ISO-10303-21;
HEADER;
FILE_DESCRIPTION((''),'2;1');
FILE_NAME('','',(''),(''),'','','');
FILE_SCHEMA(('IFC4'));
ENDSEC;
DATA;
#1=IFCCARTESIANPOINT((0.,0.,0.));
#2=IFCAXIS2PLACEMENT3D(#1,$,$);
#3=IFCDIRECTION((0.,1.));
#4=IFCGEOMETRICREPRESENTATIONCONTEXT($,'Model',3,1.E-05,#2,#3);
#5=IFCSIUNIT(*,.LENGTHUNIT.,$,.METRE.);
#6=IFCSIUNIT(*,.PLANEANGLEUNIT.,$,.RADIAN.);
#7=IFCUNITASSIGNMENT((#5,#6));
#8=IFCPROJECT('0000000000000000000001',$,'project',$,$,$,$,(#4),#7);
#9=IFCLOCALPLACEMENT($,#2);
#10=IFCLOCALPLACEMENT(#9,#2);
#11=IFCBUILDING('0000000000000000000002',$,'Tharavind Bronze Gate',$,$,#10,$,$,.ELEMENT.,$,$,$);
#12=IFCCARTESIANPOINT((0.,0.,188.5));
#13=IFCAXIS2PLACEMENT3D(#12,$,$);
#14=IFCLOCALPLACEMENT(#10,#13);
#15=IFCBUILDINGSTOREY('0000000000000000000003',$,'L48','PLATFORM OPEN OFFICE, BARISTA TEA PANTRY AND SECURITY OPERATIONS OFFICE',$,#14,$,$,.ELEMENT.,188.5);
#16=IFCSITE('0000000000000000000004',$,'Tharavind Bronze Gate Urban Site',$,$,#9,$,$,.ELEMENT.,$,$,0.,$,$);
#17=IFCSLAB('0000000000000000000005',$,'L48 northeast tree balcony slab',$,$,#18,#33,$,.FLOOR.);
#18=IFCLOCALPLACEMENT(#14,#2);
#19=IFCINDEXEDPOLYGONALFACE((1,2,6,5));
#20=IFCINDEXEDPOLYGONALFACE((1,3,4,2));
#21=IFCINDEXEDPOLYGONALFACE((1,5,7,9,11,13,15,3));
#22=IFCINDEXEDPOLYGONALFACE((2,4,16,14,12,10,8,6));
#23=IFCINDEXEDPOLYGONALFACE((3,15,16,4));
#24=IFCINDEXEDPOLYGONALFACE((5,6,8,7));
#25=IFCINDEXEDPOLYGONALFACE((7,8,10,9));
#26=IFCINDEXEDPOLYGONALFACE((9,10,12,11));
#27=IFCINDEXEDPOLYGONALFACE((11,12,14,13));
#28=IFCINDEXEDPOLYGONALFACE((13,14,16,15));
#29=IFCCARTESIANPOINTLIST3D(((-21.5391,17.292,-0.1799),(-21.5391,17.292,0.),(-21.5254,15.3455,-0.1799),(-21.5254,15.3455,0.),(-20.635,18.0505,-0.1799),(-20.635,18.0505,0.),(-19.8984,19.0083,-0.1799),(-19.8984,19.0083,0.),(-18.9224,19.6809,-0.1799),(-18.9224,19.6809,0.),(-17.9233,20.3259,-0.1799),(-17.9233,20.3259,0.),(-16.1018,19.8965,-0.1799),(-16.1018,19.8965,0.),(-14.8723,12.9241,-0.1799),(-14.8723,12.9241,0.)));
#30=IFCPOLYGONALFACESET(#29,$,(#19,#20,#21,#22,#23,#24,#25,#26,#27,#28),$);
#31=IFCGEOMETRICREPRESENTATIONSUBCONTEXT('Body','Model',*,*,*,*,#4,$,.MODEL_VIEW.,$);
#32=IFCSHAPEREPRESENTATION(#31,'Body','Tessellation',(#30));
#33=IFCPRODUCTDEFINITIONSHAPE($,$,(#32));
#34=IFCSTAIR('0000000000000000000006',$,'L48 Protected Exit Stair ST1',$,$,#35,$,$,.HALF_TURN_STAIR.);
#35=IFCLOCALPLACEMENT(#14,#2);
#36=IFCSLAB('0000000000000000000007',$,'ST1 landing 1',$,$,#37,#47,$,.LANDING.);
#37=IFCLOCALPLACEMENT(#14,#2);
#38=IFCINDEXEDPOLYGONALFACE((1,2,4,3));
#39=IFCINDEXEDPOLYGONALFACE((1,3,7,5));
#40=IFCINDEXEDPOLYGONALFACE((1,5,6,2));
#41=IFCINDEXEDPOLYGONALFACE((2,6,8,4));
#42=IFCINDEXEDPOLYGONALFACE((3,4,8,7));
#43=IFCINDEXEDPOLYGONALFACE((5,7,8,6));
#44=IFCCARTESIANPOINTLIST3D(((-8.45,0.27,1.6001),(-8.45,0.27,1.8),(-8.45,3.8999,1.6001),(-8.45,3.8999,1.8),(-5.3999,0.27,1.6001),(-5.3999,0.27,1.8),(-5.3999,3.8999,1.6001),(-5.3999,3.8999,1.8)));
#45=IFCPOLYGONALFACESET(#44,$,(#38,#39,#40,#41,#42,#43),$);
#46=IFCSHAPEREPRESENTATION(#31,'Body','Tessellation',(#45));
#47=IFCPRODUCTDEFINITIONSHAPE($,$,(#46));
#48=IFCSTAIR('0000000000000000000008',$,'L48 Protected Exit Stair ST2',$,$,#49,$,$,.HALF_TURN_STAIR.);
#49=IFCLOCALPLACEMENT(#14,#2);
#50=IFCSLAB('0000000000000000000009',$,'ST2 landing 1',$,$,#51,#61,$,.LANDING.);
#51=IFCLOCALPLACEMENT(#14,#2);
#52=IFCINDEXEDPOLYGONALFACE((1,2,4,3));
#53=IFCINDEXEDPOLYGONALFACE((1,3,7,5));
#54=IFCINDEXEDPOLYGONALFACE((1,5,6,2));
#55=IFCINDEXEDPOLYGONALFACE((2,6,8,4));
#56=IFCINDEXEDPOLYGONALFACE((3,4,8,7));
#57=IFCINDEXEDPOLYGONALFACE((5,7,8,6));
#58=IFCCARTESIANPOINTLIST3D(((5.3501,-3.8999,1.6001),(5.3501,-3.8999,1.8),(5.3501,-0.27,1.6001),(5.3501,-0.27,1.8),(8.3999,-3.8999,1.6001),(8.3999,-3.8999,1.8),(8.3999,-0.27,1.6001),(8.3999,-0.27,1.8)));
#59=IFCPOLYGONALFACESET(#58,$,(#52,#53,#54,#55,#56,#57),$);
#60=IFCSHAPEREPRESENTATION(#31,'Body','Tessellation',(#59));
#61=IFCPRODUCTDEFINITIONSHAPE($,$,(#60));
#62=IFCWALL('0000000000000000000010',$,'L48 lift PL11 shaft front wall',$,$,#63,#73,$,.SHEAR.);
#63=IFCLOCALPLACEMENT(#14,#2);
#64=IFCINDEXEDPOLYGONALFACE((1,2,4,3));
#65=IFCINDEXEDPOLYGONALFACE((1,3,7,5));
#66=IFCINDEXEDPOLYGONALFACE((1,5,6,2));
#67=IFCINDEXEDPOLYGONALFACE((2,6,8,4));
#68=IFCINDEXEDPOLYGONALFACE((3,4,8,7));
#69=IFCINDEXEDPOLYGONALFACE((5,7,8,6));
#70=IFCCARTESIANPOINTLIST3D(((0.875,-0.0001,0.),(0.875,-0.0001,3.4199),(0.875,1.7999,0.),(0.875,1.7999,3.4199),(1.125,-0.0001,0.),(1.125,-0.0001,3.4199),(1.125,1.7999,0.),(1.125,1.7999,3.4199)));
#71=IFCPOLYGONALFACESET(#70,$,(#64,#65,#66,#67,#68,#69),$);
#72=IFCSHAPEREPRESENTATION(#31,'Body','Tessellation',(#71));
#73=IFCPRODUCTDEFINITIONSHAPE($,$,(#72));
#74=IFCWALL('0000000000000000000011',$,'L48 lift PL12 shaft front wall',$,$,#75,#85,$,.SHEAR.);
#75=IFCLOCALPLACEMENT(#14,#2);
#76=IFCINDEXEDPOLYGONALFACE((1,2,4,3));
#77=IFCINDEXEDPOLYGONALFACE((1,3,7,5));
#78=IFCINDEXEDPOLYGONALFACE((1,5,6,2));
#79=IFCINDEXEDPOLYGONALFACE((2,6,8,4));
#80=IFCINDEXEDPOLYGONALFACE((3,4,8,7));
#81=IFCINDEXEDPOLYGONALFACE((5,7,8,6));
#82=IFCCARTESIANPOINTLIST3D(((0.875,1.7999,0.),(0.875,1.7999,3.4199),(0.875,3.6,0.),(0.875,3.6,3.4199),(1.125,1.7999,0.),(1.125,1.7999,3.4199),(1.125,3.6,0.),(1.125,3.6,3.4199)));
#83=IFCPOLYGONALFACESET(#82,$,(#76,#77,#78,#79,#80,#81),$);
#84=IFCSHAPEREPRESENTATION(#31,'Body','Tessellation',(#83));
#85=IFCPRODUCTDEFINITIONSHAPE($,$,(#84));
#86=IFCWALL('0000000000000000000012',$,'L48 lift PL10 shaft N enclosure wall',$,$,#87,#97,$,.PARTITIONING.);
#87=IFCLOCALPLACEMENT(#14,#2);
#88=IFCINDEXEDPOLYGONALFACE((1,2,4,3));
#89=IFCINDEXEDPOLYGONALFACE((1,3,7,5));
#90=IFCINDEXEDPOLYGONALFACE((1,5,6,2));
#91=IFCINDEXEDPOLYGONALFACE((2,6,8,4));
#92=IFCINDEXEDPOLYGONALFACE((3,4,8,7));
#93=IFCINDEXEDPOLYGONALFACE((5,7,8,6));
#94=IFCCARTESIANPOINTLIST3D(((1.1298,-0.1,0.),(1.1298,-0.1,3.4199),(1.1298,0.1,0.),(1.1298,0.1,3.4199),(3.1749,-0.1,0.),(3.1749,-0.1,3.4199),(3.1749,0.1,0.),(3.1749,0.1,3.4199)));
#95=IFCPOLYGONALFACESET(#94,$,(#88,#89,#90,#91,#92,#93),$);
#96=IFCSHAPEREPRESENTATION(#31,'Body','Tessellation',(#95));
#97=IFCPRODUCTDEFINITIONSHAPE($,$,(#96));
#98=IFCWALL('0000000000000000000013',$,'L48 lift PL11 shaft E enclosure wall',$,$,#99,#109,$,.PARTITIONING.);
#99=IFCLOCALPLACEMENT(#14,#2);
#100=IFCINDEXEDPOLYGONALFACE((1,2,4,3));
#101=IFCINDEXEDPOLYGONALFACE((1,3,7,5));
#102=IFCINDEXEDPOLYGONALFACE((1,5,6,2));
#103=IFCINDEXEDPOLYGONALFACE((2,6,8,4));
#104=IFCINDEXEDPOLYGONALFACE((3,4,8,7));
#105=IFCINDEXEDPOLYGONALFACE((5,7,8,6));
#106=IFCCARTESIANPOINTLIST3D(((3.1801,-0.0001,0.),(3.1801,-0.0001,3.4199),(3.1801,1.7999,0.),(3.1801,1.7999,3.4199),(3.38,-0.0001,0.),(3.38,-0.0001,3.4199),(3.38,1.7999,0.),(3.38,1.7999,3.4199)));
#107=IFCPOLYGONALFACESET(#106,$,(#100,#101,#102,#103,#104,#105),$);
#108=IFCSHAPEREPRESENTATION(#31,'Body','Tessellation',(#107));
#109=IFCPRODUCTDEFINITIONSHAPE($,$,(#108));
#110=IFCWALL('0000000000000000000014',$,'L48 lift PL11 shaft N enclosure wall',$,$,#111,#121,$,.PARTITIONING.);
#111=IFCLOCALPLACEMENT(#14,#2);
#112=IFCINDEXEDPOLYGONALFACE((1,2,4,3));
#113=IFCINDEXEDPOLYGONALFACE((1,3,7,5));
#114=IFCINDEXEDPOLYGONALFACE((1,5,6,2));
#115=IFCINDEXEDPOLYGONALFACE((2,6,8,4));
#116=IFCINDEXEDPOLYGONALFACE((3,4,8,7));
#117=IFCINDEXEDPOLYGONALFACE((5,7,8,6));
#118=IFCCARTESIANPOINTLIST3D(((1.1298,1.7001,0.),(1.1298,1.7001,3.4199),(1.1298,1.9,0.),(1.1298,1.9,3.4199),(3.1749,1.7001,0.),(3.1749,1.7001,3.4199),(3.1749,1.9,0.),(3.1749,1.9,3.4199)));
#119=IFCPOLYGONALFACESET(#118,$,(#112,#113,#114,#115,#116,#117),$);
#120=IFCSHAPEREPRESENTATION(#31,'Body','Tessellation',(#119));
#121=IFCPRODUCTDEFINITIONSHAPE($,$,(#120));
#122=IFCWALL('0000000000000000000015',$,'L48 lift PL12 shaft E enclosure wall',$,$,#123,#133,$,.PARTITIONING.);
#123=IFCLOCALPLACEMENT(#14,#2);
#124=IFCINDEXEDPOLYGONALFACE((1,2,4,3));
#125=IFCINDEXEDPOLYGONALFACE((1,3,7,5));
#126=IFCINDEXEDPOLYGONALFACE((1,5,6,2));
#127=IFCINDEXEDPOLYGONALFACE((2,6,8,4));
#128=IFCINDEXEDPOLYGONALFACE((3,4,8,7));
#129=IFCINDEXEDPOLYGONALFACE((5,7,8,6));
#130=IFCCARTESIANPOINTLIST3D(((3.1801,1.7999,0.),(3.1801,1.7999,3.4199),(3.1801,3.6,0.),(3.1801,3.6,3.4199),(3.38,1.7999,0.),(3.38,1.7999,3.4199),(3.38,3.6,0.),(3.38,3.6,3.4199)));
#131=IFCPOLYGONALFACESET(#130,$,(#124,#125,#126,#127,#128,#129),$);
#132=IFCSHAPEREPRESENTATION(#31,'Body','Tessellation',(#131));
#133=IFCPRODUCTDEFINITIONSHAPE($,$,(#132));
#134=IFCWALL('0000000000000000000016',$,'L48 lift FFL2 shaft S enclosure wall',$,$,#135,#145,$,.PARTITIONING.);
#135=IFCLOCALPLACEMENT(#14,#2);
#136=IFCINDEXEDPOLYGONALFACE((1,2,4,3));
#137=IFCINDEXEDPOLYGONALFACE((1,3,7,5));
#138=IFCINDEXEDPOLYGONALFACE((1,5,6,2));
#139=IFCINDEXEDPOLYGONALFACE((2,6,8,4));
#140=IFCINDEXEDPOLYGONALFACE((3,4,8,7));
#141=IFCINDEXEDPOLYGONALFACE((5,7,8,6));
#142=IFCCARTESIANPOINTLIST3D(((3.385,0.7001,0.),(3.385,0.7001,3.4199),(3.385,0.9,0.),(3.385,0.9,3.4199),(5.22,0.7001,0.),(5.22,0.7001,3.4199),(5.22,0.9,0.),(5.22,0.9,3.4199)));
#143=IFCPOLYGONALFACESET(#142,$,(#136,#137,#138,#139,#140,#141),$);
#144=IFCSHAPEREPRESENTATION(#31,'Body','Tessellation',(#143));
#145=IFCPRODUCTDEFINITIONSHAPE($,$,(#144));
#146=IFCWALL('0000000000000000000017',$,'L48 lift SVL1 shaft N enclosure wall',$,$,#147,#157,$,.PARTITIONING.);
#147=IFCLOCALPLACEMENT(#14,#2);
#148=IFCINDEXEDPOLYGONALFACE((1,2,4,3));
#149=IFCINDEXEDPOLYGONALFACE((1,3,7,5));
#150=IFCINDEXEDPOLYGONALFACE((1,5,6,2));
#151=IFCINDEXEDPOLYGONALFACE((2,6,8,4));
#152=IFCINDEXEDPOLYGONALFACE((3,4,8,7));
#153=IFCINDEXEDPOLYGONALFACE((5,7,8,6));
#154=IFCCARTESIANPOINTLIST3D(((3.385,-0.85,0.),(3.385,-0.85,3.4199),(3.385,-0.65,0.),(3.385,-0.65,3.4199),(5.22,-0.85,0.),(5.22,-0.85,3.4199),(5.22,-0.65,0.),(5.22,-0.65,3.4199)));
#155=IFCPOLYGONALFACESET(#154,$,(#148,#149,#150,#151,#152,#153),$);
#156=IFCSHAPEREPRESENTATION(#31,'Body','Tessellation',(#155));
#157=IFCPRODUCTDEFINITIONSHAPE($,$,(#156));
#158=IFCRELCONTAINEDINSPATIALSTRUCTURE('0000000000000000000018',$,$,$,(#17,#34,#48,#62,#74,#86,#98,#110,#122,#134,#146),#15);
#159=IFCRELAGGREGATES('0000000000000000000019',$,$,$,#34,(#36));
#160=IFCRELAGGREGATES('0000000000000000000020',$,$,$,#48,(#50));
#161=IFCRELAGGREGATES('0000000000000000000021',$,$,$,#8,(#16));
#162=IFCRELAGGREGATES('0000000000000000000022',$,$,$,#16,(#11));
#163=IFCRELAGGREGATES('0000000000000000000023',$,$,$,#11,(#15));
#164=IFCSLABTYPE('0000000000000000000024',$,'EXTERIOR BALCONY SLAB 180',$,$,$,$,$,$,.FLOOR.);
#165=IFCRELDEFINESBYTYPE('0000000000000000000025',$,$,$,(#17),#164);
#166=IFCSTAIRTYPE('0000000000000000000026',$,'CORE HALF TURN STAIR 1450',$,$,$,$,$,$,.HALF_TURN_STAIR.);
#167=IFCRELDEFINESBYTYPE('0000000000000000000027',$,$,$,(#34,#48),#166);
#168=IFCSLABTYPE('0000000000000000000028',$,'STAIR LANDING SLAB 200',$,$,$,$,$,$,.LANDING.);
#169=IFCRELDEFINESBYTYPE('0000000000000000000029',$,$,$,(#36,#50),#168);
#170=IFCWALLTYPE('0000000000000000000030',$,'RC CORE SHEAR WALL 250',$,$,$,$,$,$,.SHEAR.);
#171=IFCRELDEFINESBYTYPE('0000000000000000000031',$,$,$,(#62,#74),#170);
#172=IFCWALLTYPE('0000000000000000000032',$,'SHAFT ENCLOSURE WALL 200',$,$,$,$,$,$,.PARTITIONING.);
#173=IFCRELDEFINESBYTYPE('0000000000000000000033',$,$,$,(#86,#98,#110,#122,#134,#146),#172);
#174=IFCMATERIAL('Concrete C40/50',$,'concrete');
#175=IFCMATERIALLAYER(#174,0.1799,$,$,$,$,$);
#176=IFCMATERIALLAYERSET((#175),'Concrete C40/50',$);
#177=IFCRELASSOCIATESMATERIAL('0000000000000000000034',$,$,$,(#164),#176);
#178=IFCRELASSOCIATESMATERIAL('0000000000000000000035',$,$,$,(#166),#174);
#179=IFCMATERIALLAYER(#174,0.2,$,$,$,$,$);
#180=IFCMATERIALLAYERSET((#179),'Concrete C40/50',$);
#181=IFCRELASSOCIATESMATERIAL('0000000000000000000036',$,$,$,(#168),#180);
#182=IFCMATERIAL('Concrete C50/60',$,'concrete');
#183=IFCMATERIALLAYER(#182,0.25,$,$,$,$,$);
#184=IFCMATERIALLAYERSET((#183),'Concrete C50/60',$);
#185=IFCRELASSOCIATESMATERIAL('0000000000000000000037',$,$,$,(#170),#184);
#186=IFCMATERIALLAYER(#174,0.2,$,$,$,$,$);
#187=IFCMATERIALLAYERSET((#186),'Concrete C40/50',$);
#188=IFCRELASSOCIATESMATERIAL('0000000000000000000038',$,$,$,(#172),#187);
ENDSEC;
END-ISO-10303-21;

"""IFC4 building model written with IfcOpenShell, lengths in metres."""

from ifc_helpers import new_model, si_unit, direction, frame, frame_2d, origin, place, context, subcontext, project, spatial, polyline, rectangle, outline, extrude, material, layer, layer_set, type_object, element, aggregate, save


model = new_model("IFC4")

# Units and contexts
model_context = context("Model", 3, precision=1e-05, world=origin(), true_north=direction((0.0, 1.0)))
body_context = subcontext(model_context, "Body", "Model", "MODEL_VIEW")
ifc_project = project(units=[si_unit("LENGTHUNIT", "METRE"), si_unit("PLANEANGLEUNIT", "RADIAN")], contexts=[model_context])

# Site, building, storey
site_placement = place(None, origin())
site = spatial("IfcSite", under=ifc_project, at=site_placement, Name="Tharavind Bronze Gate Urban Site", CompositionType="ELEMENT", RefElevation=0.0)
building_placement = place(site_placement, origin())
building = spatial("IfcBuilding", under=site, at=building_placement, Name="Tharavind Bronze Gate", CompositionType="ELEMENT")
storey_placement = place(building_placement, frame((0.0, 0.0, 188.5)))
storey = spatial("IfcBuildingStorey", under=building, at=storey_placement, Name="L48", Description="PLATFORM OPEN OFFICE, BARISTA TEA PANTRY AND SECURITY OPERATIONS OFFICE", CompositionType="ELEMENT", Elevation=188.5)

# Slab
ifc_material_1 = material(Name="Concrete C40/50", Category="concrete")
ifc_layer_1 = layer(ifc_material_1, 0.1799)
ifc_layer_set_1 = layer_set([ifc_layer_1], Name="Concrete C40/50")
slab_type_1 = type_object("IfcSlabType", Name="EXTERIOR BALCONY SLAB 180", PredefinedType="FLOOR", material=ifc_layer_set_1)
slab_1_placement = place(storey_placement, frame((0.0, 0.0, -0.1799)))
element("IfcSlab", 1, at=slab_1_placement, inside=storey, type_object=slab_type_1, Name="L48 northeast tree balcony slab", PredefinedType="FLOOR", context=body_context, shape_type="SweptSolid", body=[
    extrude(outline(polyline([(-17.9233, 20.3259), (-18.9224, 19.6809), (-19.8984, 19.0083), (-20.635, 18.0505), (-21.5391, 17.292), (-21.5254, 15.3455), (-14.8723, 12.9241), (-16.1018, 19.8965), (-17.9233, 20.3259)])), origin(), (0.0, 0.0, 1.0), 0.1799),
])

# Stairs, slabs
stair_type = type_object("IfcStairType", Name="CORE HALF TURN STAIR 1450", PredefinedType="HALF_TURN_STAIR", material=ifc_material_1)
stair_1_placement = place(storey_placement, origin())
stair_1 = element("IfcStair", 2, at=stair_1_placement, inside=storey, type_object=stair_type, Name="L48 Protected Exit Stair ST1", PredefinedType="HALF_TURN_STAIR")
ifc_layer_2 = layer(ifc_material_1, 0.2)
ifc_layer_set_2 = layer_set([ifc_layer_2], Name="Concrete C40/50")
slab_type_2 = type_object("IfcSlabType", Name="STAIR LANDING SLAB 200", PredefinedType="LANDING", material=ifc_layer_set_2)
slab_2_placement = place(storey_placement, frame((0.0, 0.0, 1.6001)))
slab_2 = element("IfcSlab", 3, at=slab_2_placement, type_object=slab_type_2, Name="ST1 landing 1", PredefinedType="LANDING", context=body_context, shape_type="SweptSolid", body=[
    extrude(outline(polyline([(-5.3999, 0.27), (-5.3999, 3.8999), (-8.45, 3.8999), (-8.45, 0.27), (-5.3999, 0.27)])), origin(), (0.0, 0.0, 1.0), 0.2),
])
aggregate(stair_1, [slab_2])
stair_2_placement = place(storey_placement, origin())
stair_2 = element("IfcStair", 4, at=stair_2_placement, inside=storey, type_object=stair_type, Name="L48 Protected Exit Stair ST2", PredefinedType="HALF_TURN_STAIR")
slab_3_placement = place(storey_placement, frame((0.0, 0.0, 1.6001)))
slab_3 = element("IfcSlab", 5, at=slab_3_placement, type_object=slab_type_2, Name="ST2 landing 1", PredefinedType="LANDING", context=body_context, shape_type="SweptSolid", body=[
    extrude(outline(polyline([(5.3501, -0.27), (5.3501, -3.8999), (8.3999, -3.8999), (8.3999, -0.27), (5.3501, -0.27)])), origin(), (0.0, 0.0, 1.0), 0.2),
])
aggregate(stair_2, [slab_3])

# Walls
ifc_material_2 = material(Name="Concrete C50/60", Category="concrete")
ifc_layer_3 = layer(ifc_material_2, 0.25)
ifc_layer_set_3 = layer_set([ifc_layer_3], Name="Concrete C50/60")
wall_type_1 = type_object("IfcWallType", Name="RC CORE SHEAR WALL 250", PredefinedType="SHEAR", material=ifc_layer_set_3)
for number, where, z_axis, x_axis, name in (
    (6, (1.0, 0.0, 0.0), (0.0, 0.0, 1.0), (0.0, 1.0, 0.0), "L48 lift PL11 shaft front wall"),
    (7, (1.0, 1.8, 0.0), (0.0, 0.0, 1.0), (0.0, 1.0, 0.0), "L48 lift PL12 shaft front wall"),
):
    element("IfcWall", number, at=place(storey_placement, frame(where, z_axis=z_axis, x_axis=x_axis)), inside=storey, type_object=wall_type_1, Name=name, PredefinedType="SHEAR", context=body_context, shape_type="SweptSolid", body=[
        extrude(rectangle(XDim=1.8, YDim=0.25, at=frame_2d((0.8999, 0.0))), origin(), (0.0, 0.0, 1.0), 3.4199),
    ])
ifc_layer_4 = layer(ifc_material_1, 0.2)
ifc_layer_set_4 = layer_set([ifc_layer_4], Name="Concrete C40/50")
wall_type_2 = type_object("IfcWallType", Name="SHAFT ENCLOSURE WALL 200", PredefinedType="PARTITIONING", material=ifc_layer_set_4)
wall_1_placement = place(storey_placement, frame((1.1299, 0.0, 0.0), z_axis=(0.0, 0.0, 1.0), x_axis=(1.0, 0.0, 0.0)))
element("IfcWall", 8, at=wall_1_placement, inside=storey, type_object=wall_type_2, Name="L48 lift PL10 shaft N enclosure wall", PredefinedType="PARTITIONING", context=body_context, shape_type="SweptSolid", body=[
    extrude(rectangle(XDim=2.0452, YDim=0.2, at=frame_2d((1.0225, 0.0))), origin(), (0.0, 0.0, 1.0), 3.4199),
])
wall_2_placement = place(storey_placement, frame((3.28, 0.0, 0.0), z_axis=(0.0, 0.0, 1.0), x_axis=(0.0, 1.0, 0.0)))
element("IfcWall", 9, at=wall_2_placement, inside=storey, type_object=wall_type_2, Name="L48 lift PL11 shaft E enclosure wall", PredefinedType="PARTITIONING", context=body_context, shape_type="SweptSolid", body=[
    extrude(rectangle(XDim=1.8, YDim=0.2, at=frame_2d((0.8999, 0.0))), origin(), (0.0, 0.0, 1.0), 3.4199),
])
wall_3_placement = place(storey_placement, frame((1.1299, 1.8, 0.0), z_axis=(0.0, 0.0, 1.0), x_axis=(1.0, 0.0, 0.0)))
element("IfcWall", 10, at=wall_3_placement, inside=storey, type_object=wall_type_2, Name="L48 lift PL11 shaft N enclosure wall", PredefinedType="PARTITIONING", context=body_context, shape_type="SweptSolid", body=[
    extrude(rectangle(XDim=2.0452, YDim=0.2, at=frame_2d((1.0225, 0.0))), origin(), (0.0, 0.0, 1.0), 3.4199),
])
wall_4_placement = place(storey_placement, frame((3.28, 1.8, 0.0), z_axis=(0.0, 0.0, 1.0), x_axis=(0.0, 1.0, 0.0)))
element("IfcWall", 11, at=wall_4_placement, inside=storey, type_object=wall_type_2, Name="L48 lift PL12 shaft E enclosure wall", PredefinedType="PARTITIONING", context=body_context, shape_type="SweptSolid", body=[
    extrude(rectangle(XDim=1.8, YDim=0.2, at=frame_2d((0.8999, 0.0))), origin(), (0.0, 0.0, 1.0), 3.4199),
])
for number, where, z_axis, x_axis, name in (
    (12, (3.385, 0.8, 0.0), (0.0, 0.0, 1.0), (1.0, 0.0, 0.0), "L48 lift FFL2 shaft S enclosure wall"),
    (13, (3.385, -0.75, 0.0), (0.0, 0.0, 1.0), (1.0, 0.0, 0.0), "L48 lift SVL1 shaft N enclosure wall"),
):
    element("IfcWall", number, at=place(storey_placement, frame(where, z_axis=z_axis, x_axis=x_axis)), inside=storey, type_object=wall_type_2, Name=name, PredefinedType="PARTITIONING", context=body_context, shape_type="SweptSolid", body=[
        extrude(rectangle(XDim=1.835, YDim=0.2, at=frame_2d((0.9175, 0.0))), origin(), (0.0, 0.0, 1.0), 3.4199),
    ])

save(model, "model.ifc")
